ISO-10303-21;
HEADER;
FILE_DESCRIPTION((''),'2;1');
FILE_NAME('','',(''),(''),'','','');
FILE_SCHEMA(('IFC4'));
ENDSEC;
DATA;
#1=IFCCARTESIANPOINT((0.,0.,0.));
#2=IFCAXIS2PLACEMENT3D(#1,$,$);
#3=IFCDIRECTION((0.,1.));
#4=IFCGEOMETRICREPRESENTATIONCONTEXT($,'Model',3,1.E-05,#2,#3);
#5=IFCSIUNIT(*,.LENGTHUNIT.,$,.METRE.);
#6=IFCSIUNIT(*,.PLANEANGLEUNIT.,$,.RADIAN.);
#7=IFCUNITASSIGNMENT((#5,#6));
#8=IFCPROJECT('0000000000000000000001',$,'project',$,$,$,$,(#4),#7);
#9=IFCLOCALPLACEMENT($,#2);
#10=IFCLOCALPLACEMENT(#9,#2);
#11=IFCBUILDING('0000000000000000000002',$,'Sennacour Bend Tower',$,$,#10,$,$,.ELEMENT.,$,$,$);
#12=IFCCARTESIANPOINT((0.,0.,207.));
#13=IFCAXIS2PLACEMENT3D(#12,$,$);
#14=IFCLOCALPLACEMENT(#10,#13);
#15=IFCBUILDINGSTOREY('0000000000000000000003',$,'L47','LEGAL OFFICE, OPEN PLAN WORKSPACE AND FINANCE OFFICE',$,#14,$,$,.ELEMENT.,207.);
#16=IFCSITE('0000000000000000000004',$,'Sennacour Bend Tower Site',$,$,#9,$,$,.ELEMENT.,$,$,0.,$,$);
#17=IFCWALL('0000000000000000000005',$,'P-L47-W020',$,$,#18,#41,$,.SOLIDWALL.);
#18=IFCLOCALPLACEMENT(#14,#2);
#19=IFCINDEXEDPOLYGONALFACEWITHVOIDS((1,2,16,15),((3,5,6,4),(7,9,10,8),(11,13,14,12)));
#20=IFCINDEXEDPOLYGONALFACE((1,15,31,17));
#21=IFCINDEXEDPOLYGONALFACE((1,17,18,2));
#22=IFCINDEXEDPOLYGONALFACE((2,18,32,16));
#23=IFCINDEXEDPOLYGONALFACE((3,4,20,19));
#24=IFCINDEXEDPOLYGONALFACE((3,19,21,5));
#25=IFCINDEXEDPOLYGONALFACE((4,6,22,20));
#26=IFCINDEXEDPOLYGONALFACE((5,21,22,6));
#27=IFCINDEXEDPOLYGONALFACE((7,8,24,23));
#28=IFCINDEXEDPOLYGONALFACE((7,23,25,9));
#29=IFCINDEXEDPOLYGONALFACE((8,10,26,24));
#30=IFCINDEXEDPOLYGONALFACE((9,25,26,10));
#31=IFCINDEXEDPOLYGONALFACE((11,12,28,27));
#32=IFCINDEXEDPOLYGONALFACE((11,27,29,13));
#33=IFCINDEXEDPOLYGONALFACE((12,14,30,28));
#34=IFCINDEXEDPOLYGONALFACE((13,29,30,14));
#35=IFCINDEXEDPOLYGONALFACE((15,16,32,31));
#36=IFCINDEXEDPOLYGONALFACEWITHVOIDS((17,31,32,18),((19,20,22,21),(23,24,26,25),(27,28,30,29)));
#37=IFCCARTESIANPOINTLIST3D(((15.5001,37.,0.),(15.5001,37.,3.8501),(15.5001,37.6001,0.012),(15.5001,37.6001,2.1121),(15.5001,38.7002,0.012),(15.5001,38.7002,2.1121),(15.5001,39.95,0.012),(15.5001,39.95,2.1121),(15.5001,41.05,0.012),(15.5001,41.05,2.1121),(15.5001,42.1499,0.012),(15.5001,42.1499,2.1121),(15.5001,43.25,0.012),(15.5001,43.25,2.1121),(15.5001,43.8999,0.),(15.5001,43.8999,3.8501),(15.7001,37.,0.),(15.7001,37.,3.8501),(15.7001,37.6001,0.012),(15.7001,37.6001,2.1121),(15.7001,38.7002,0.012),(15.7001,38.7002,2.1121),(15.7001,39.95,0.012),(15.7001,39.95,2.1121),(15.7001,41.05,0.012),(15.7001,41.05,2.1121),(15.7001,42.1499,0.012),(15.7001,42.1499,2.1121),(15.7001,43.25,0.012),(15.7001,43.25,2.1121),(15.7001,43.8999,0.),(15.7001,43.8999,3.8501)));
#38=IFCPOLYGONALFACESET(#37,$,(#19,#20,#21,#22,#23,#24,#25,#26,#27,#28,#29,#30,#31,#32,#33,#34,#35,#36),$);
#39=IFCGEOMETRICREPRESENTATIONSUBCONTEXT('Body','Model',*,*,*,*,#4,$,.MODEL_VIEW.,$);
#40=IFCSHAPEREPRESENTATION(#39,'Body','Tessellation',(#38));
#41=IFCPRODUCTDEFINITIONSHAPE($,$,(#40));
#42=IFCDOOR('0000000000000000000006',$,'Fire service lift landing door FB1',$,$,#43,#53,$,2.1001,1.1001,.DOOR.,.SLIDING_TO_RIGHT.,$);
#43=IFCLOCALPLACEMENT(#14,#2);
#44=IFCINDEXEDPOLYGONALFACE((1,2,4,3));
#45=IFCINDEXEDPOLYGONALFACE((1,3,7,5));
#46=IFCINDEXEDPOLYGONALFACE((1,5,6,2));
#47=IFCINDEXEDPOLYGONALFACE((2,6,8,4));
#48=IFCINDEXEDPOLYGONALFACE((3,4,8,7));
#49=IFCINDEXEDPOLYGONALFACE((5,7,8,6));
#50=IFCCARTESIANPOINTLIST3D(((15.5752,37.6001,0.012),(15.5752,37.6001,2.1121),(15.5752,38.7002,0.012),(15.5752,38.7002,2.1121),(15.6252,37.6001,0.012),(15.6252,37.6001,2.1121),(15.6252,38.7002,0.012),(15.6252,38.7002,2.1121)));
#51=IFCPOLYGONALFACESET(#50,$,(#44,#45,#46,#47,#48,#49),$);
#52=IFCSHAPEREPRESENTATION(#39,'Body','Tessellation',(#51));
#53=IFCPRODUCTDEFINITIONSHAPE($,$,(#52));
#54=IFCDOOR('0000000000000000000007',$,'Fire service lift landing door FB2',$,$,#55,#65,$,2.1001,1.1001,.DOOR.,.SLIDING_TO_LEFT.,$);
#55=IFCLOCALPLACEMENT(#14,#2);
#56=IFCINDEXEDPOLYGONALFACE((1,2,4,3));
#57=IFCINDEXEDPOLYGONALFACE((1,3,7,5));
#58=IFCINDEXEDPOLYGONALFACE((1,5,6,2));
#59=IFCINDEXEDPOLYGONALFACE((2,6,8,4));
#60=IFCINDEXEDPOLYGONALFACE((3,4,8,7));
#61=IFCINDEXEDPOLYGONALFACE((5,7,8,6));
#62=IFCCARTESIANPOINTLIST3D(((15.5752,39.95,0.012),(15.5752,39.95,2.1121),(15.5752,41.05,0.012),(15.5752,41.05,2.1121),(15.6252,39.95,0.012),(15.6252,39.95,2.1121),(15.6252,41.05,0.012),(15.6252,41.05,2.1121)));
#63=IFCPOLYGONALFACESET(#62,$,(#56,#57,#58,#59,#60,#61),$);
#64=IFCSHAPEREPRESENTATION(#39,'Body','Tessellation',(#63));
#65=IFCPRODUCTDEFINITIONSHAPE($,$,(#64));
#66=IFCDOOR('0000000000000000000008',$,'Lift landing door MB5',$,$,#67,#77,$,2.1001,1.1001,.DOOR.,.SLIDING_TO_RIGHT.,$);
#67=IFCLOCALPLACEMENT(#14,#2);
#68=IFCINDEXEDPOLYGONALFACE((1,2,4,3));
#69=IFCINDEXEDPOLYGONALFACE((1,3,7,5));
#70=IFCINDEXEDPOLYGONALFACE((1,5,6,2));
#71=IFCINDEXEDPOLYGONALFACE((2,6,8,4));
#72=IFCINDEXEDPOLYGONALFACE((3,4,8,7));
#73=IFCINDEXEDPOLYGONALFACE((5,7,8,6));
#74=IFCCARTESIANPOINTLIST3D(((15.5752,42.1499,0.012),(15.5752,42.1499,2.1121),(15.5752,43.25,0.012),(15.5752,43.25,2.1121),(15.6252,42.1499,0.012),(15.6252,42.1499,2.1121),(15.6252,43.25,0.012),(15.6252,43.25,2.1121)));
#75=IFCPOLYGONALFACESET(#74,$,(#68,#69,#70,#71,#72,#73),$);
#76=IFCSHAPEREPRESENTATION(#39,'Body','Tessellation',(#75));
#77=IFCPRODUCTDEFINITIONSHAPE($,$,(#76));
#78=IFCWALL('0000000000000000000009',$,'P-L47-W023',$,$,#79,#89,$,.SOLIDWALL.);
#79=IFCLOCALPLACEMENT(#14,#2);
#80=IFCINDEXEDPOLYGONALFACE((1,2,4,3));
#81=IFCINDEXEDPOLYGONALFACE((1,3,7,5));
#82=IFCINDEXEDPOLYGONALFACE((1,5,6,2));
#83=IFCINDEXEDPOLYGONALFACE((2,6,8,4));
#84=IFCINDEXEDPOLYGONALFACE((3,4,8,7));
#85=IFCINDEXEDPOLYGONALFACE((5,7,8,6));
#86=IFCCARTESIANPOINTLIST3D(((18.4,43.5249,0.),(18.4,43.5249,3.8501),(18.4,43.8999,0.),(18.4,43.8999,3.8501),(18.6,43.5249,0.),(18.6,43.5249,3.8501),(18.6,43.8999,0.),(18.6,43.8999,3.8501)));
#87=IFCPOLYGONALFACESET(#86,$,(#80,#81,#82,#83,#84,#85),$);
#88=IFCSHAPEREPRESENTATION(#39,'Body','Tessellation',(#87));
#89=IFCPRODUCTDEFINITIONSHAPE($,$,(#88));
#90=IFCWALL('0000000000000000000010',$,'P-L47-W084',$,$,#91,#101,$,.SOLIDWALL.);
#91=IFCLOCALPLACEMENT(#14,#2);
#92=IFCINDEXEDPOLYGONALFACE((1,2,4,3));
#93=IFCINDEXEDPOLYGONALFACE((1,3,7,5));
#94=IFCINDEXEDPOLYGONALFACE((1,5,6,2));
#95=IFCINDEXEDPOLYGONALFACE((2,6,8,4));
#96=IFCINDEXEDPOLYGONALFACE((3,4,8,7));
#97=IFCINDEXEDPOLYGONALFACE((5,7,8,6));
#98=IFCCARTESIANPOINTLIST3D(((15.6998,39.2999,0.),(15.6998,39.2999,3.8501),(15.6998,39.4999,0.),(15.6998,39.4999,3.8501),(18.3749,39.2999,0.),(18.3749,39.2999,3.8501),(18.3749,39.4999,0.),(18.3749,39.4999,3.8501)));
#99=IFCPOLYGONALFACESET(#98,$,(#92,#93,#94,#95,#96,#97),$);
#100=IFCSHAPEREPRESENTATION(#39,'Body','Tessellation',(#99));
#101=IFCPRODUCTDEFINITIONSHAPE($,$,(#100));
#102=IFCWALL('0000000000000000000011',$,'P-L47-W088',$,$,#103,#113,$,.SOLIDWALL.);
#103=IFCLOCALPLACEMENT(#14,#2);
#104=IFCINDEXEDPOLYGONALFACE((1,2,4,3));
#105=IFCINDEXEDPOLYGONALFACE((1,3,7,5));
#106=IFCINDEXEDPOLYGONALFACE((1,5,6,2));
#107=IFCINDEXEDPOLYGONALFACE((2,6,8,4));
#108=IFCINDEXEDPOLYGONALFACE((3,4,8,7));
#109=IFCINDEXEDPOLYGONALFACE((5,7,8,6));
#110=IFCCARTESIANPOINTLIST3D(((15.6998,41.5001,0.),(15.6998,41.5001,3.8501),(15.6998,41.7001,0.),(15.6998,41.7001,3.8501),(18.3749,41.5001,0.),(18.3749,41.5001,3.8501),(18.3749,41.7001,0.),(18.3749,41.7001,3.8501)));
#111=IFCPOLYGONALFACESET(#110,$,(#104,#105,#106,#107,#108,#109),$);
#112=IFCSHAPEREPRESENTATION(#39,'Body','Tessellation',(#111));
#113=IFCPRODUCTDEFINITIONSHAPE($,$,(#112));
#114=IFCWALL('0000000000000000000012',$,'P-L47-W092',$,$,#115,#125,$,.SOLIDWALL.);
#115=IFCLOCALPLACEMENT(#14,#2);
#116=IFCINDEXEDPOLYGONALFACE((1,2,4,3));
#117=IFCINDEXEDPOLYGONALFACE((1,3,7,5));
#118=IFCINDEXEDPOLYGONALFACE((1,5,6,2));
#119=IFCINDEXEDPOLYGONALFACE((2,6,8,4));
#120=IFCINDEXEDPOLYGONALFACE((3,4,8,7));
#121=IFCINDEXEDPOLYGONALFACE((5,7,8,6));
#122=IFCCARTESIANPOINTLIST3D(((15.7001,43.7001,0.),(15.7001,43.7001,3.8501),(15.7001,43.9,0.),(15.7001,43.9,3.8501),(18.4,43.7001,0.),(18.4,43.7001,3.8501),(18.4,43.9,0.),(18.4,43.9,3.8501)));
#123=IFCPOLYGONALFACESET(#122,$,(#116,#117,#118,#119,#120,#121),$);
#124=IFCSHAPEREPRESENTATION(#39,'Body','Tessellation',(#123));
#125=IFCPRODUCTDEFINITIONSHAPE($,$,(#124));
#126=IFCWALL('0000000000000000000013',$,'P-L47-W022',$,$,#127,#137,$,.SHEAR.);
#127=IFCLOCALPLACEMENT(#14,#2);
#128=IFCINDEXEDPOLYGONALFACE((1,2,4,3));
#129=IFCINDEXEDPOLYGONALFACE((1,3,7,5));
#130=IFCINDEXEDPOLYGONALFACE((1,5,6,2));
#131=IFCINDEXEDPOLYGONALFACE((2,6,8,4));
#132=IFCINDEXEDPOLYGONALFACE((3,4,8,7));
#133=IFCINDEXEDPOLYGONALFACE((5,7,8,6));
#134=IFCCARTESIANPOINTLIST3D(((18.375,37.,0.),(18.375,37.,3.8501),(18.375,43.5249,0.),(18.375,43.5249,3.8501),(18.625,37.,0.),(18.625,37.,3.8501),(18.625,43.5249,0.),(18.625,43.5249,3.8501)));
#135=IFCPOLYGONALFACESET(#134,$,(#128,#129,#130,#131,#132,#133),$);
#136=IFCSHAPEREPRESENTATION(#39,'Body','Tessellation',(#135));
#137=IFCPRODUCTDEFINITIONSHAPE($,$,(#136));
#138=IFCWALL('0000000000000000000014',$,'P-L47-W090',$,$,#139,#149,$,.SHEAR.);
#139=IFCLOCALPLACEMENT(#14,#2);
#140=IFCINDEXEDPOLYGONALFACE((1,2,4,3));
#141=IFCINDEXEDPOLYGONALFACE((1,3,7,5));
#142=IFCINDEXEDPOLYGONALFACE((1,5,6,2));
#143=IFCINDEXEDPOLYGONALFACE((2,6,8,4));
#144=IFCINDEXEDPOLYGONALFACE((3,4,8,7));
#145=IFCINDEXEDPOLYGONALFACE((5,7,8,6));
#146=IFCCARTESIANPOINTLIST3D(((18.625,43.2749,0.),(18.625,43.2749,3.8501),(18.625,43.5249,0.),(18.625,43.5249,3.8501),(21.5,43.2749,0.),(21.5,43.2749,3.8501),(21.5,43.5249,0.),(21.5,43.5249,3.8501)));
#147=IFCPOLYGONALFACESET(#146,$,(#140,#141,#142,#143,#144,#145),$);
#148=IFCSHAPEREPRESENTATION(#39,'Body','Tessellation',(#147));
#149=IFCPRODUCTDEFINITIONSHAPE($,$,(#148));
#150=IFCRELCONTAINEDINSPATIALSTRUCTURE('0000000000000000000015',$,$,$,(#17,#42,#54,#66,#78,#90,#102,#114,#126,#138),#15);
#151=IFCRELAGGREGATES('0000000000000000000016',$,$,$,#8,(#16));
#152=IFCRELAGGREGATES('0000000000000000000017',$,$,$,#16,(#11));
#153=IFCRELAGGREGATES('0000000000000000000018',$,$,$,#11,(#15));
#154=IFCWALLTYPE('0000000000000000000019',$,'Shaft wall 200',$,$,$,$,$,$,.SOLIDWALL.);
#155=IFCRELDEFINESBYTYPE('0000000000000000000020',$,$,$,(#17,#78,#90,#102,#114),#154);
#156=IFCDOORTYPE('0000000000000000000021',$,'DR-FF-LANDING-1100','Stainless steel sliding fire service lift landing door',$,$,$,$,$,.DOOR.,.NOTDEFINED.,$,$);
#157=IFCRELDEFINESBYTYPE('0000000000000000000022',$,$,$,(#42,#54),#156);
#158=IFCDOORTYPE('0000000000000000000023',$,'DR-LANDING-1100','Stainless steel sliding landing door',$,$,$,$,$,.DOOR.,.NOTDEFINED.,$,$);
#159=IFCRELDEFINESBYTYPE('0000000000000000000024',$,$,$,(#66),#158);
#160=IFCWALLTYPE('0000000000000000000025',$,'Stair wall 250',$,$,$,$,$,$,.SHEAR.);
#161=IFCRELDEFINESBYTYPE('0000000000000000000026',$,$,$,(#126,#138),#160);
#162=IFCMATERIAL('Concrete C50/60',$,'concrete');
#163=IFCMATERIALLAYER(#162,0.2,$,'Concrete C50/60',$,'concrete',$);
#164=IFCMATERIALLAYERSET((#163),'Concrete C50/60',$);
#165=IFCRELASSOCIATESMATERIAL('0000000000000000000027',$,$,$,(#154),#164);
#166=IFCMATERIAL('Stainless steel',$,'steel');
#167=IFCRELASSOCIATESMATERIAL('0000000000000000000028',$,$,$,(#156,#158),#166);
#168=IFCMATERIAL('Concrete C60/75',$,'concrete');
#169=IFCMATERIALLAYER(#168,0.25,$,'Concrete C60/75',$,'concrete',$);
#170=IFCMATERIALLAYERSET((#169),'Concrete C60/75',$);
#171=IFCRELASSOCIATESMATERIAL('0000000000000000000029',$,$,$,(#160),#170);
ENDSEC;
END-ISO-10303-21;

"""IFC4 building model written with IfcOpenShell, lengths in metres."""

from ifc_helpers import new_model, si_unit, direction, frame, frame_2d, origin, place, context, subcontext, project, spatial, rectangle, extrude, material, layer, layer_set, type_object, element, fill, save


model = new_model("IFC4")

# Units and contexts
model_context = context("Model", 3, precision=1e-05, world=origin(), true_north=direction((0.0, 1.0)))
body_context = subcontext(model_context, "Body", "Model", "MODEL_VIEW")
ifc_project = project(units=[si_unit("LENGTHUNIT", "METRE"), si_unit("PLANEANGLEUNIT", "RADIAN")], contexts=[model_context])

# Site, building, storey
site_placement = place(None, origin())
site = spatial("IfcSite", under=ifc_project, at=site_placement, Name="Sennacour Bend Tower Site", CompositionType="ELEMENT", RefElevation=0.0)
building_placement = place(site_placement, origin())
building = spatial("IfcBuilding", under=site, at=building_placement, Name="Sennacour Bend Tower", CompositionType="ELEMENT")
storey_placement = place(building_placement, frame((0.0, 0.0, 207.0)))
storey = spatial("IfcBuildingStorey", under=building, at=storey_placement, Name="L47", Description="LEGAL OFFICE, OPEN PLAN WORKSPACE AND FINANCE OFFICE", CompositionType="ELEMENT", Elevation=207.0)

# Shared definitions
ifc_material_1 = material(Name="Concrete C60/75", Category="concrete")

# Wall, openings, doors
ifc_material_2 = material(Name="Concrete C50/60", Category="concrete")
ifc_layer_1 = layer(ifc_material_2, 0.2, Name="Concrete C50/60", Category="concrete")
ifc_layer_set_1 = layer_set([ifc_layer_1], Name="Concrete C50/60")
wall_type_1 = type_object("IfcWallType", Name="Shaft wall 200", PredefinedType="SOLIDWALL", material=ifc_layer_set_1)
wall_1_placement = place(storey_placement, frame((15.6001, 37.0, 0.0), z_axis=(0.0, 0.0, 1.0), x_axis=(0.0, 1.0, 0.0)))
wall_1 = element("IfcWall", 1, at=wall_1_placement, inside=storey, type_object=wall_type_1, Name="P-L47-W020", PredefinedType="SOLIDWALL", context=body_context, shape_type="SweptSolid", body=[
    extrude(rectangle(XDim=6.8999, YDim=0.2, at=frame_2d((3.45, 0.0))), origin(), (0.0, 0.0, 1.0), 3.8501),
])
opening_1_placement = place(wall_1_placement, frame((0.6001, 0.0, 0.012)))
opening_1 = element("IfcOpeningElement", 2, at=opening_1_placement, cuts=wall_1, PredefinedType="OPENING", context=body_context, shape_type="SweptSolid", body=[
    extrude(rectangle(XDim=1.1001, YDim=2.1001, at=frame_2d((0.55, 1.05))), frame((0.0, 0.1099, 0.0), z_axis=(0.0, -1.0, 0.0), x_axis=(1.0, 0.0, 0.0)), (0.0, 0.0, 1.0), 0.22),
])
opening_2_placement = place(wall_1_placement, frame((2.95, 0.0, 0.012)))
opening_2 = element("IfcOpeningElement", 3, at=opening_2_placement, cuts=wall_1, PredefinedType="OPENING", context=body_context, shape_type="SweptSolid", body=[
    extrude(rectangle(XDim=1.1001, YDim=2.1001, at=frame_2d((0.55, 1.05))), frame((0.0, 0.1099, 0.0), z_axis=(0.0, -1.0, 0.0), x_axis=(1.0, 0.0, 0.0)), (0.0, 0.0, 1.0), 0.22),
])
opening_3_placement = place(wall_1_placement, frame((5.1499, 0.0, 0.012)))
opening_3 = element("IfcOpeningElement", 4, at=opening_3_placement, cuts=wall_1, PredefinedType="OPENING", context=body_context, shape_type="SweptSolid", body=[
    extrude(rectangle(XDim=1.1001, YDim=2.1001, at=frame_2d((0.55, 1.05))), frame((0.0, 0.1099, 0.0), z_axis=(0.0, -1.0, 0.0), x_axis=(1.0, 0.0, 0.0)), (0.0, 0.0, 1.0), 0.22),
])
ifc_material_3 = material(Name="Stainless steel", Category="steel")
door_type_1 = type_object("IfcDoorType", Name="DR-FF-LANDING-1100", Description="Stainless steel sliding fire service lift landing door", OperationType="NOTDEFINED", PredefinedType="DOOR", material=ifc_material_3)
door_1_placement = place(opening_1_placement, origin())
door_1 = element("IfcDoor", 5, at=door_1_placement, inside=storey, type_object=door_type_1, Name="Fire service lift landing door FB1", OperationType="SLIDING_TO_RIGHT", OverallHeight=2.1001, OverallWidth=1.1001, PredefinedType="DOOR", context=body_context, shape_type="SweptSolid", body=[
    extrude(rectangle(XDim=1.1001, YDim=2.1001, at=frame_2d((0.55, 1.05))), frame((0.0, 0.0249, 0.0), z_axis=(0.0, -1.0, 0.0), x_axis=(1.0, 0.0, 0.0)), (0.0, 0.0, 1.0), 0.05),
])
fill(opening_1, door_1)
door_2_placement = place(opening_2_placement, origin())
door_2 = element("IfcDoor", 6, at=door_2_placement, inside=storey, type_object=door_type_1, Name="Fire service lift landing door FB2", OperationType="SLIDING_TO_LEFT", OverallHeight=2.1001, OverallWidth=1.1001, PredefinedType="DOOR", context=body_context, shape_type="SweptSolid", body=[
    extrude(rectangle(XDim=1.1001, YDim=2.1001, at=frame_2d((0.55, 1.05))), frame((0.0, 0.0249, 0.0), z_axis=(0.0, -1.0, 0.0), x_axis=(1.0, 0.0, 0.0)), (0.0, 0.0, 1.0), 0.05),
])
fill(opening_2, door_2)
door_type_2 = type_object("IfcDoorType", Name="DR-LANDING-1100", Description="Stainless steel sliding landing door", OperationType="NOTDEFINED", PredefinedType="DOOR", material=ifc_material_3)
door_3_placement = place(opening_3_placement, origin())
door_3 = element("IfcDoor", 7, at=door_3_placement, inside=storey, type_object=door_type_2, Name="Lift landing door MB5", OperationType="SLIDING_TO_RIGHT", OverallHeight=2.1001, OverallWidth=1.1001, PredefinedType="DOOR", context=body_context, shape_type="SweptSolid", body=[
    extrude(rectangle(XDim=1.1001, YDim=2.1001, at=frame_2d((0.55, 1.05))), frame((0.0, 0.0249, 0.0), z_axis=(0.0, -1.0, 0.0), x_axis=(1.0, 0.0, 0.0)), (0.0, 0.0, 1.0), 0.05),
])
fill(opening_3, door_3)

# Walls
wall_2_placement = place(storey_placement, frame((18.5, 43.5249, 0.0), z_axis=(0.0, 0.0, 1.0), x_axis=(0.0, 1.0, 0.0)))
element("IfcWall", 8, at=wall_2_placement, inside=storey, type_object=wall_type_1, Name="P-L47-W023", PredefinedType="SOLIDWALL", context=body_context, shape_type="SweptSolid", body=[
    extrude(rectangle(XDim=0.375, YDim=0.2, at=frame_2d((0.1875, 0.0))), origin(), (0.0, 0.0, 1.0), 3.8501),
])
for number, where, z_axis, x_axis, name in (
    (9, (15.7, 39.3999, 0.0), (0.0, 0.0, 1.0), (1.0, 0.0, 0.0), "P-L47-W084"),
    (10, (15.7, 41.6001, 0.0), (0.0, 0.0, 1.0), (1.0, 0.0, 0.0), "P-L47-W088"),
):
    element("IfcWall", number, at=place(storey_placement, frame(where, z_axis=z_axis, x_axis=x_axis)), inside=storey, type_object=wall_type_1, Name=name, PredefinedType="SOLIDWALL", context=body_context, shape_type="SweptSolid", body=[
        extrude(rectangle(XDim=2.675, YDim=0.2, at=frame_2d((1.3374, 0.0))), origin(), (0.0, 0.0, 1.0), 3.8501),
    ])
wall_3_placement = place(storey_placement, frame((15.7, 43.8, 0.0), z_axis=(0.0, 0.0, 1.0), x_axis=(1.0, 0.0, 0.0)))
element("IfcWall", 11, at=wall_3_placement, inside=storey, type_object=wall_type_1, Name="P-L47-W092", PredefinedType="SOLIDWALL", context=body_context, shape_type="SweptSolid", body=[
    extrude(rectangle(XDim=2.7, YDim=0.2, at=frame_2d((1.3501, 0.0))), origin(), (0.0, 0.0, 1.0), 3.8501),
])
ifc_layer_2 = layer(ifc_material_1, 0.25, Name="Concrete C60/75", Category="concrete")
ifc_layer_set_2 = layer_set([ifc_layer_2], Name="Concrete C60/75")
wall_type_2 = type_object("IfcWallType", Name="Stair wall 250", PredefinedType="SHEAR", material=ifc_layer_set_2)
wall_4_placement = place(storey_placement, frame((18.5, 37.0, 0.0), z_axis=(0.0, 0.0, 1.0), x_axis=(0.0, 1.0, 0.0)))
element("IfcWall", 12, at=wall_4_placement, inside=storey, type_object=wall_type_2, Name="P-L47-W022", PredefinedType="SHEAR", context=body_context, shape_type="SweptSolid", body=[
    extrude(rectangle(XDim=6.5249, YDim=0.25, at=frame_2d((3.2625, 0.0))), origin(), (0.0, 0.0, 1.0), 3.8501),
])
wall_5_placement = place(storey_placement, frame((18.625, 43.3999, 0.0), z_axis=(0.0, 0.0, 1.0), x_axis=(1.0, 0.0, 0.0)))
element("IfcWall", 13, at=wall_5_placement, inside=storey, type_object=wall_type_2, Name="P-L47-W090", PredefinedType="SHEAR", context=body_context, shape_type="SweptSolid", body=[
    extrude(rectangle(XDim=2.875, YDim=0.25, at=frame_2d((1.4375, 0.0))), origin(), (0.0, 0.0, 1.0), 3.8501),
])

save(model, "model.ifc")
